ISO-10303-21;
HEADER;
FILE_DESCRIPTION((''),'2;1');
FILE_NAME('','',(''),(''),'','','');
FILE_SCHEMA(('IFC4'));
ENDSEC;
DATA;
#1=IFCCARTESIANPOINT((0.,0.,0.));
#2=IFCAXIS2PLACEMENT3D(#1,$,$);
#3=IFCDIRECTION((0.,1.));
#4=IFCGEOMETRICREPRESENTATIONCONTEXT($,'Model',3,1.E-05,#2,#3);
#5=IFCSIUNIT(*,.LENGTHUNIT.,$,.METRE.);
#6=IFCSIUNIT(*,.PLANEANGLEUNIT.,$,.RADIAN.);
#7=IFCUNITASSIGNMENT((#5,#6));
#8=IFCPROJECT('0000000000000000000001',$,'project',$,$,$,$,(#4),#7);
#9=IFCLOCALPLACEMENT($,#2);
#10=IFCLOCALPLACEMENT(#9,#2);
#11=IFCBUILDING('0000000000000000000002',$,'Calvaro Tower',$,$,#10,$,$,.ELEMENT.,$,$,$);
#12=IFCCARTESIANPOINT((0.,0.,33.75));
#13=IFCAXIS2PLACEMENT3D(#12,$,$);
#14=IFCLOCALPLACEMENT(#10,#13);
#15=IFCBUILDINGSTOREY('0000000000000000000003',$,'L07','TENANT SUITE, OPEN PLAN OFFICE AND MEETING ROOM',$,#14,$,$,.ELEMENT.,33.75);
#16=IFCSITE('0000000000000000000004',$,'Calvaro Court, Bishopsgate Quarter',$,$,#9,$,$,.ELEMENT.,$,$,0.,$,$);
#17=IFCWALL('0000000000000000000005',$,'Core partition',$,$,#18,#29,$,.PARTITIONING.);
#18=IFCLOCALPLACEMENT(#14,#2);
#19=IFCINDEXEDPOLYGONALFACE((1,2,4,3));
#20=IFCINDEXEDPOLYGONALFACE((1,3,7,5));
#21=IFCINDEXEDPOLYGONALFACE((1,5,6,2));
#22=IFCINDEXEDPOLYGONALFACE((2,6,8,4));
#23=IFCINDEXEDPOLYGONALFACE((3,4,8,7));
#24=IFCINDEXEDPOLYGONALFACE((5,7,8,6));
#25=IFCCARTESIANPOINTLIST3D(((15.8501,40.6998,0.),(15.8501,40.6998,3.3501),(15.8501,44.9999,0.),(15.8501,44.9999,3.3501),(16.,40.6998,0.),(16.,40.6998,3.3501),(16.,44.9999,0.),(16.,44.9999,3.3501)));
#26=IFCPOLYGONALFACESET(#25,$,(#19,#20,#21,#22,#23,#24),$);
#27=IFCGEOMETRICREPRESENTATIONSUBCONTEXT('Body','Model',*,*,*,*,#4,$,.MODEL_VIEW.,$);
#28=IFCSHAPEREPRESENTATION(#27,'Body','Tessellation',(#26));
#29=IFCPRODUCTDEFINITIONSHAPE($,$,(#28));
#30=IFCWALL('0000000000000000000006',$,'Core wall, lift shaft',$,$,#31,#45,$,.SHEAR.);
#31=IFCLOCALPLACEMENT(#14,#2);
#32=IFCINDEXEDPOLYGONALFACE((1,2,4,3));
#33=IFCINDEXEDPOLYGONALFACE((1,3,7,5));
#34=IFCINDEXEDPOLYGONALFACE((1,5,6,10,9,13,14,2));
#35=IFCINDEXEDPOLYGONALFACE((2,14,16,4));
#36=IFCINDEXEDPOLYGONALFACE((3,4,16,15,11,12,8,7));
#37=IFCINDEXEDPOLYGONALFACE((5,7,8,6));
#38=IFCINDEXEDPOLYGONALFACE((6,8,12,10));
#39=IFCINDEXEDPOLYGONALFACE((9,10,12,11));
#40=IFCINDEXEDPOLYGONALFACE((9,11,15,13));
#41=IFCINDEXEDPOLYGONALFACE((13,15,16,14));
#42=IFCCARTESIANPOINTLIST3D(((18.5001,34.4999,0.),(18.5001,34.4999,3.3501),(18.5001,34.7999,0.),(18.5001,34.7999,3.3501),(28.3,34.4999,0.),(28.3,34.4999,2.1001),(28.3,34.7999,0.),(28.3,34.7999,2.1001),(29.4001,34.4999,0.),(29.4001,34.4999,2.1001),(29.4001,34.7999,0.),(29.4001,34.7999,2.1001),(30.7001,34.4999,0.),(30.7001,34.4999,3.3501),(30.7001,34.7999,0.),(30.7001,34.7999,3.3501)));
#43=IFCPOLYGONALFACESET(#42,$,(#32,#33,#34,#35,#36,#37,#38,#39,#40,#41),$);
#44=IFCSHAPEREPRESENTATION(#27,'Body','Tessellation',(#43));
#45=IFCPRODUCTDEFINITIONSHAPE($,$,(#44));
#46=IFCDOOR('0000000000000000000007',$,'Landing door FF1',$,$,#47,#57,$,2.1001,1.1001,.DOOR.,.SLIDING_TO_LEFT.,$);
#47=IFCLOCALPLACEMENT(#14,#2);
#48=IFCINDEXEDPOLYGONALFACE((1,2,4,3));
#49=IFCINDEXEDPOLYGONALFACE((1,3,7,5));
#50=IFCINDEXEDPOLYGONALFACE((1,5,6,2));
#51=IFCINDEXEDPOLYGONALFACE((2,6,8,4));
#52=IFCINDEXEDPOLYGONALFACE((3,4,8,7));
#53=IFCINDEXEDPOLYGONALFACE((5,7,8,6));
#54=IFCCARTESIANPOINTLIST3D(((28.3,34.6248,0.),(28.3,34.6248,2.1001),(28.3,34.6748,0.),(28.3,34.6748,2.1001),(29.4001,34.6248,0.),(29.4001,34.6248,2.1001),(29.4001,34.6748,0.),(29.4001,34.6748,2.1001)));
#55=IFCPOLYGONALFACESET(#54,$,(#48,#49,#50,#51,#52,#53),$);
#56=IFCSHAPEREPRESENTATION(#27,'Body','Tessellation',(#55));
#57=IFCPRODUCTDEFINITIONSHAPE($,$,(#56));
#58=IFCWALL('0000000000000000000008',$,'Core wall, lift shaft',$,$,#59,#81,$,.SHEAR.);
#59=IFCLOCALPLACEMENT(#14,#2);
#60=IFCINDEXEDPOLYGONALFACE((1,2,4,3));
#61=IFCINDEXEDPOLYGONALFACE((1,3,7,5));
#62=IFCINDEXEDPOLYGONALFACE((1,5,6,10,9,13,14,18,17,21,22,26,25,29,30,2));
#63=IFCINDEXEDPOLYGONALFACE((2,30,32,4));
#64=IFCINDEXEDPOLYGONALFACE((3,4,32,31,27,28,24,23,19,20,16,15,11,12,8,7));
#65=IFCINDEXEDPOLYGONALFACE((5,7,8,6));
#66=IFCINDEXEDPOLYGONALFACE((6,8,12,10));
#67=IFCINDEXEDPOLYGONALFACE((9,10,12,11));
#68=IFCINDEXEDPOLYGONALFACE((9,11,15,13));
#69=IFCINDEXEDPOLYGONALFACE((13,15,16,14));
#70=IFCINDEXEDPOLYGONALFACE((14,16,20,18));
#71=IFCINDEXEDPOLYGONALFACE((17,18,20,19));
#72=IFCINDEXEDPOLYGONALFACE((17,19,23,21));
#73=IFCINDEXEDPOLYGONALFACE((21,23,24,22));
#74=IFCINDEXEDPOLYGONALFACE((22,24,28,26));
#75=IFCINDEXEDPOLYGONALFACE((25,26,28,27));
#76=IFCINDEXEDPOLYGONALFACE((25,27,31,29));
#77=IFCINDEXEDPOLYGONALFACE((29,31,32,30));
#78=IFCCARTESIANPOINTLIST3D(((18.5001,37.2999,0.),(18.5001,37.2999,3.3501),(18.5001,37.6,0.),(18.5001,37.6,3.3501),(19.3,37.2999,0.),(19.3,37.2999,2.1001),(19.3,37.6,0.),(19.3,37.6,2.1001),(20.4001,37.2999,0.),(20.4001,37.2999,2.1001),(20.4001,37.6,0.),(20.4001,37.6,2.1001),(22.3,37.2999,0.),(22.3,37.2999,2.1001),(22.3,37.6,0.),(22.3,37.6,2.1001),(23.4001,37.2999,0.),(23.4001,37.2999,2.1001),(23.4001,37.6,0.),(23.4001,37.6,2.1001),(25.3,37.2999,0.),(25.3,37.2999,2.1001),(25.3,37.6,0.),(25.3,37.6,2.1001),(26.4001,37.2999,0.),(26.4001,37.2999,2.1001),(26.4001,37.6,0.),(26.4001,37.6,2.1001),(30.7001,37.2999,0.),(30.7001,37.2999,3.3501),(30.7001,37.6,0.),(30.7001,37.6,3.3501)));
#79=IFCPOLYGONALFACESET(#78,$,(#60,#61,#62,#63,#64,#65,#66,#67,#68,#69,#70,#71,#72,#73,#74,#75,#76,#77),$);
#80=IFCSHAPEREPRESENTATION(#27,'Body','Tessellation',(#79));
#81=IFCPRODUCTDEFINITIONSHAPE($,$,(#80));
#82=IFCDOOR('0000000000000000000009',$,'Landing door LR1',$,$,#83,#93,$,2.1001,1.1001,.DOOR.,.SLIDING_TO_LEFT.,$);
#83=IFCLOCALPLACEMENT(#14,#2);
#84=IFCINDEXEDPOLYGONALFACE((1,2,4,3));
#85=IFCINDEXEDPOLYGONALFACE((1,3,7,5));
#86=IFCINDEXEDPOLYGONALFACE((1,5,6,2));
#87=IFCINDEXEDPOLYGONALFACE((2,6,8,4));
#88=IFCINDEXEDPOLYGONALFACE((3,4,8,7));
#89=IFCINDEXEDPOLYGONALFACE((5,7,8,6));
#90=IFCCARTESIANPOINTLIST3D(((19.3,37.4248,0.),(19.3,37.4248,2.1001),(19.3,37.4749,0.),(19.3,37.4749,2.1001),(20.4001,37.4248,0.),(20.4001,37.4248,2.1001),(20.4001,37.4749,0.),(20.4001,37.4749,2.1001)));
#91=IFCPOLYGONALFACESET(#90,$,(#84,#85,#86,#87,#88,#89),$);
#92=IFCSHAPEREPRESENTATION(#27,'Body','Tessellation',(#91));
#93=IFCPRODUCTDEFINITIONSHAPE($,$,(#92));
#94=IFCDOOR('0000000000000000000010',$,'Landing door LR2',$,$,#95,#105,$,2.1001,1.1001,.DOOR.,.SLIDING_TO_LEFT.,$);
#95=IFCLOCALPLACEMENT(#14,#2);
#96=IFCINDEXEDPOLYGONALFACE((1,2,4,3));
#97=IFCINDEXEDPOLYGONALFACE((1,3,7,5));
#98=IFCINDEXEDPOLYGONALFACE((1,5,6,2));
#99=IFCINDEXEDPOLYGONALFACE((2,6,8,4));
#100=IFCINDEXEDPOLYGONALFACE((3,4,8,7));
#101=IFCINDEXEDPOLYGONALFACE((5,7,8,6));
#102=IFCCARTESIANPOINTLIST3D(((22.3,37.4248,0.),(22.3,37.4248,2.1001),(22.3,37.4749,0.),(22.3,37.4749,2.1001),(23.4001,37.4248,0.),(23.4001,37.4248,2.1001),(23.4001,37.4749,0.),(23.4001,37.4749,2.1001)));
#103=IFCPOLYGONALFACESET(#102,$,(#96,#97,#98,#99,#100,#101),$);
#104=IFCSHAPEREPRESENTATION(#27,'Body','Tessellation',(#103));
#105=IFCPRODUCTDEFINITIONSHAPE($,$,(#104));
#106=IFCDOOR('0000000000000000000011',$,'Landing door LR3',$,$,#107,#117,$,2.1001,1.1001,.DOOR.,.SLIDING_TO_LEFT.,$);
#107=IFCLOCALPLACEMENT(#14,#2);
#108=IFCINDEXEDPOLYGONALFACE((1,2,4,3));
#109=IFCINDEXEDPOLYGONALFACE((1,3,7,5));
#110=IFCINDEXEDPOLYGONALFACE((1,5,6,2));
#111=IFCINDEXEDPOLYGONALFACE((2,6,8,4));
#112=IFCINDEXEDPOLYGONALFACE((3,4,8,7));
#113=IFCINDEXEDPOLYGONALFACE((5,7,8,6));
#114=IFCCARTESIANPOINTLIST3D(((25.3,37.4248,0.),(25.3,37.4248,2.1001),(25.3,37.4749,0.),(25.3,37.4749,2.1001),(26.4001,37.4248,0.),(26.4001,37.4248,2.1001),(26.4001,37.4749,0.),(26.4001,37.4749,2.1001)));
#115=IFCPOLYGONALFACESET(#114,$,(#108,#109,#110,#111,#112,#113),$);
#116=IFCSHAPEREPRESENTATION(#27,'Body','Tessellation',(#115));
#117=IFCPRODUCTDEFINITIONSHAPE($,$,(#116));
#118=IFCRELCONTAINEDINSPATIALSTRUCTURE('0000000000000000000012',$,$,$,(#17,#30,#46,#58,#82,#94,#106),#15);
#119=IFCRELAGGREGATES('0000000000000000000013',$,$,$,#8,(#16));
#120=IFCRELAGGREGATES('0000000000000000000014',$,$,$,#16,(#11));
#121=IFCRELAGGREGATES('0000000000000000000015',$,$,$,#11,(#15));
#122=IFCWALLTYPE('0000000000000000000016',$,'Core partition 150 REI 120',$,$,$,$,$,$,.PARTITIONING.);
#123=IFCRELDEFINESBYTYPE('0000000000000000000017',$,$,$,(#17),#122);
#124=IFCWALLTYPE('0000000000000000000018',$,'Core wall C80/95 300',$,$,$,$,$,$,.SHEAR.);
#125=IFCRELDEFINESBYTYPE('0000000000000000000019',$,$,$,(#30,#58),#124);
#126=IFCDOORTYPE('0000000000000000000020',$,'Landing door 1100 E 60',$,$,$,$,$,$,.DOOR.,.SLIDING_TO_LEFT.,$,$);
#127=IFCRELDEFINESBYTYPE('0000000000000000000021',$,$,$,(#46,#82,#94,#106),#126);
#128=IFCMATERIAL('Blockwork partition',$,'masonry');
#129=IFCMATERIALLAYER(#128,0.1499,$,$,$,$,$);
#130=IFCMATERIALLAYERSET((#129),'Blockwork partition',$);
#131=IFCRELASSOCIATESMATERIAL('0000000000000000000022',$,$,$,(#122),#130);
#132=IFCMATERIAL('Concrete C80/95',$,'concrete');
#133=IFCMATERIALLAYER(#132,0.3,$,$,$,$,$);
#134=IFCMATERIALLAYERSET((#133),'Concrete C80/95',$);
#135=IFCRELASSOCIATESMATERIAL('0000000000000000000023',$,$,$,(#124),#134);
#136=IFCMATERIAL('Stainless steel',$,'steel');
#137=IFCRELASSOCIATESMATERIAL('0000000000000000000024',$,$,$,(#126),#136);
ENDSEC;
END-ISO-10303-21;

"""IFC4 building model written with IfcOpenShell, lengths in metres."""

from ifc_helpers import new_model, si_unit, direction, frame, frame_2d, origin, place, context, subcontext, project, spatial, rectangle, extrude, material, layer, layer_set, type_object, element, fill, save


model = new_model("IFC4")

# Units and contexts
model_context = context("Model", 3, precision=1e-05, world=origin(), true_north=direction((0.0, 1.0)))
body_context = subcontext(model_context, "Body", "Model", "MODEL_VIEW")
ifc_project = project(units=[si_unit("LENGTHUNIT", "METRE"), si_unit("PLANEANGLEUNIT", "RADIAN")], contexts=[model_context])

# Site, building, storey
site_placement = place(None, origin())
site = spatial("IfcSite", under=ifc_project, at=site_placement, Name="Calvaro Court, Bishopsgate Quarter", CompositionType="ELEMENT", RefElevation=0.0)
building_placement = place(site_placement, origin())
building = spatial("IfcBuilding", under=site, at=building_placement, Name="Calvaro Tower", CompositionType="ELEMENT")
storey_placement = place(building_placement, frame((0.0, 0.0, 33.75)))
storey = spatial("IfcBuildingStorey", under=building, at=storey_placement, Name="L07", Description="TENANT SUITE, OPEN PLAN OFFICE AND MEETING ROOM", CompositionType="ELEMENT", Elevation=33.75)

# Wall
ifc_material_1 = material(Name="Blockwork partition", Category="masonry")
ifc_layer_1 = layer(ifc_material_1, 0.1499)
ifc_layer_set_1 = layer_set([ifc_layer_1], Name="Blockwork partition")
wall_type_1 = type_object("IfcWallType", Name="Core partition 150 REI 120", PredefinedType="PARTITIONING", material=ifc_layer_set_1)
wall_1_placement = place(storey_placement, frame((15.925, 40.7, 0.0), z_axis=(0.0, 0.0, 1.0), x_axis=(0.0, 1.0, 0.0)))
element("IfcWall", 1, at=wall_1_placement, inside=storey, type_object=wall_type_1, Name="Core partition", PredefinedType="PARTITIONING", context=body_context, shape_type="SweptSolid", body=[
    extrude(rectangle(XDim=4.3, YDim=0.1499, at=frame_2d((2.1499, 0.0))), origin(), (0.0, 0.0, 1.0), 3.3501),
])

# Wall, opening, door
ifc_material_2 = material(Name="Concrete C80/95", Category="concrete")
ifc_layer_2 = layer(ifc_material_2, 0.3)
ifc_layer_set_2 = layer_set([ifc_layer_2], Name="Concrete C80/95")
wall_type_2 = type_object("IfcWallType", Name="Core wall C80/95 300", PredefinedType="SHEAR", material=ifc_layer_set_2)
wall_2_placement = place(storey_placement, frame((18.5, 34.6499, 0.0), z_axis=(0.0, 0.0, 1.0), x_axis=(1.0, 0.0, 0.0)))
wall_2 = element("IfcWall", 2, at=wall_2_placement, inside=storey, type_object=wall_type_2, Name="Core wall, lift shaft", PredefinedType="SHEAR", context=body_context, shape_type="SweptSolid", body=[
    extrude(rectangle(XDim=12.2, YDim=0.3, at=frame_2d((6.1001, 0.0))), origin(), (0.0, 0.0, 1.0), 3.3501),
])
opening_1_placement = place(wall_2_placement, frame((9.8, 0.0, 0.0)))
opening_1 = element("IfcOpeningElement", 3, at=opening_1_placement, cuts=wall_2, PredefinedType="OPENING", context=body_context, shape_type="SweptSolid", body=[
    extrude(rectangle(XDim=1.1001, YDim=2.1001, at=frame_2d((0.55, 1.05))), frame((0.0, 0.1599, 0.0), z_axis=(0.0, -1.0, 0.0), x_axis=(1.0, 0.0, 0.0)), (0.0, 0.0, 1.0), 0.3201),
])
ifc_material_3 = material(Name="Stainless steel", Category="steel")
door_type_1 = type_object("IfcDoorType", Name="Landing door 1100 E 60", OperationType="SLIDING_TO_LEFT", PredefinedType="DOOR", material=ifc_material_3)
door_1_placement = place(opening_1_placement, origin())
door_1 = element("IfcDoor", 4, at=door_1_placement, inside=storey, type_object=door_type_1, Name="Landing door FF1", OperationType="SLIDING_TO_LEFT", OverallHeight=2.1001, OverallWidth=1.1001, PredefinedType="DOOR", context=body_context, shape_type="SweptSolid", body=[
    extrude(rectangle(XDim=1.1001, YDim=2.1001, at=frame_2d((0.55, 1.05))), frame((0.0, 0.0249, 0.0), z_axis=(0.0, -1.0, 0.0), x_axis=(1.0, 0.0, 0.0)), (0.0, 0.0, 1.0), 0.05),
])
fill(opening_1, door_1)

# Wall, openings, doors
wall_3_placement = place(storey_placement, frame((18.5, 37.45, 0.0), z_axis=(0.0, 0.0, 1.0), x_axis=(1.0, 0.0, 0.0)))
wall_3 = element("IfcWall", 5, at=wall_3_placement, inside=storey, type_object=wall_type_2, Name="Core wall, lift shaft", PredefinedType="SHEAR", context=body_context, shape_type="SweptSolid", body=[
    extrude(rectangle(XDim=12.2, YDim=0.3, at=frame_2d((6.1001, 0.0))), origin(), (0.0, 0.0, 1.0), 3.3501),
])
opening_2_placement = place(wall_3_placement, frame((0.8, 0.0, 0.0)))
opening_2 = element("IfcOpeningElement", 6, at=opening_2_placement, cuts=wall_3, PredefinedType="OPENING", context=body_context, shape_type="SweptSolid", body=[
    extrude(rectangle(XDim=1.1001, YDim=2.1001, at=frame_2d((0.55, 1.05))), frame((0.0, 0.1599, 0.0), z_axis=(0.0, -1.0, 0.0), x_axis=(1.0, 0.0, 0.0)), (0.0, 0.0, 1.0), 0.3201),
])
opening_3_placement = place(wall_3_placement, frame((3.8, 0.0, 0.0)))
opening_3 = element("IfcOpeningElement", 7, at=opening_3_placement, cuts=wall_3, PredefinedType="OPENING", context=body_context, shape_type="SweptSolid", body=[
    extrude(rectangle(XDim=1.1001, YDim=2.1001, at=frame_2d((0.55, 1.05))), frame((0.0, 0.1599, 0.0), z_axis=(0.0, -1.0, 0.0), x_axis=(1.0, 0.0, 0.0)), (0.0, 0.0, 1.0), 0.3201),
])
opening_4_placement = place(wall_3_placement, frame((6.8, 0.0, 0.0)))
opening_4 = element("IfcOpeningElement", 8, at=opening_4_placement, cuts=wall_3, PredefinedType="OPENING", context=body_context, shape_type="SweptSolid", body=[
    extrude(rectangle(XDim=1.1001, YDim=2.1001, at=frame_2d((0.55, 1.05))), frame((0.0, 0.1599, 0.0), z_axis=(0.0, -1.0, 0.0), x_axis=(1.0, 0.0, 0.0)), (0.0, 0.0, 1.0), 0.3201),
])
door_2_placement = place(opening_2_placement, origin())
door_2 = element("IfcDoor", 9, at=door_2_placement, inside=storey, type_object=door_type_1, Name="Landing door LR1", OperationType="SLIDING_TO_LEFT", OverallHeight=2.1001, OverallWidth=1.1001, PredefinedType="DOOR", context=body_context, shape_type="SweptSolid", body=[
    extrude(rectangle(XDim=1.1001, YDim=2.1001, at=frame_2d((0.55, 1.05))), frame((0.0, 0.0249, 0.0), z_axis=(0.0, -1.0, 0.0), x_axis=(1.0, 0.0, 0.0)), (0.0, 0.0, 1.0), 0.05),
])
fill(opening_2, door_2)
door_3_placement = place(opening_3_placement, origin())
door_3 = element("IfcDoor", 10, at=door_3_placement, inside=storey, type_object=door_type_1, Name="Landing door LR2", OperationType="SLIDING_TO_LEFT", OverallHeight=2.1001, OverallWidth=1.1001, PredefinedType="DOOR", context=body_context, shape_type="SweptSolid", body=[
    extrude(rectangle(XDim=1.1001, YDim=2.1001, at=frame_2d((0.55, 1.05))), frame((0.0, 0.0249, 0.0), z_axis=(0.0, -1.0, 0.0), x_axis=(1.0, 0.0, 0.0)), (0.0, 0.0, 1.0), 0.05),
])
fill(opening_3, door_3)
door_4_placement = place(opening_4_placement, origin())
door_4 = element("IfcDoor", 11, at=door_4_placement, inside=storey, type_object=door_type_1, Name="Landing door LR3", OperationType="SLIDING_TO_LEFT", OverallHeight=2.1001, OverallWidth=1.1001, PredefinedType="DOOR", context=body_context, shape_type="SweptSolid", body=[
    extrude(rectangle(XDim=1.1001, YDim=2.1001, at=frame_2d((0.55, 1.05))), frame((0.0, 0.0249, 0.0), z_axis=(0.0, -1.0, 0.0), x_axis=(1.0, 0.0, 0.0)), (0.0, 0.0, 1.0), 0.05),
])
fill(opening_4, door_4)

save(model, "model.ifc")
